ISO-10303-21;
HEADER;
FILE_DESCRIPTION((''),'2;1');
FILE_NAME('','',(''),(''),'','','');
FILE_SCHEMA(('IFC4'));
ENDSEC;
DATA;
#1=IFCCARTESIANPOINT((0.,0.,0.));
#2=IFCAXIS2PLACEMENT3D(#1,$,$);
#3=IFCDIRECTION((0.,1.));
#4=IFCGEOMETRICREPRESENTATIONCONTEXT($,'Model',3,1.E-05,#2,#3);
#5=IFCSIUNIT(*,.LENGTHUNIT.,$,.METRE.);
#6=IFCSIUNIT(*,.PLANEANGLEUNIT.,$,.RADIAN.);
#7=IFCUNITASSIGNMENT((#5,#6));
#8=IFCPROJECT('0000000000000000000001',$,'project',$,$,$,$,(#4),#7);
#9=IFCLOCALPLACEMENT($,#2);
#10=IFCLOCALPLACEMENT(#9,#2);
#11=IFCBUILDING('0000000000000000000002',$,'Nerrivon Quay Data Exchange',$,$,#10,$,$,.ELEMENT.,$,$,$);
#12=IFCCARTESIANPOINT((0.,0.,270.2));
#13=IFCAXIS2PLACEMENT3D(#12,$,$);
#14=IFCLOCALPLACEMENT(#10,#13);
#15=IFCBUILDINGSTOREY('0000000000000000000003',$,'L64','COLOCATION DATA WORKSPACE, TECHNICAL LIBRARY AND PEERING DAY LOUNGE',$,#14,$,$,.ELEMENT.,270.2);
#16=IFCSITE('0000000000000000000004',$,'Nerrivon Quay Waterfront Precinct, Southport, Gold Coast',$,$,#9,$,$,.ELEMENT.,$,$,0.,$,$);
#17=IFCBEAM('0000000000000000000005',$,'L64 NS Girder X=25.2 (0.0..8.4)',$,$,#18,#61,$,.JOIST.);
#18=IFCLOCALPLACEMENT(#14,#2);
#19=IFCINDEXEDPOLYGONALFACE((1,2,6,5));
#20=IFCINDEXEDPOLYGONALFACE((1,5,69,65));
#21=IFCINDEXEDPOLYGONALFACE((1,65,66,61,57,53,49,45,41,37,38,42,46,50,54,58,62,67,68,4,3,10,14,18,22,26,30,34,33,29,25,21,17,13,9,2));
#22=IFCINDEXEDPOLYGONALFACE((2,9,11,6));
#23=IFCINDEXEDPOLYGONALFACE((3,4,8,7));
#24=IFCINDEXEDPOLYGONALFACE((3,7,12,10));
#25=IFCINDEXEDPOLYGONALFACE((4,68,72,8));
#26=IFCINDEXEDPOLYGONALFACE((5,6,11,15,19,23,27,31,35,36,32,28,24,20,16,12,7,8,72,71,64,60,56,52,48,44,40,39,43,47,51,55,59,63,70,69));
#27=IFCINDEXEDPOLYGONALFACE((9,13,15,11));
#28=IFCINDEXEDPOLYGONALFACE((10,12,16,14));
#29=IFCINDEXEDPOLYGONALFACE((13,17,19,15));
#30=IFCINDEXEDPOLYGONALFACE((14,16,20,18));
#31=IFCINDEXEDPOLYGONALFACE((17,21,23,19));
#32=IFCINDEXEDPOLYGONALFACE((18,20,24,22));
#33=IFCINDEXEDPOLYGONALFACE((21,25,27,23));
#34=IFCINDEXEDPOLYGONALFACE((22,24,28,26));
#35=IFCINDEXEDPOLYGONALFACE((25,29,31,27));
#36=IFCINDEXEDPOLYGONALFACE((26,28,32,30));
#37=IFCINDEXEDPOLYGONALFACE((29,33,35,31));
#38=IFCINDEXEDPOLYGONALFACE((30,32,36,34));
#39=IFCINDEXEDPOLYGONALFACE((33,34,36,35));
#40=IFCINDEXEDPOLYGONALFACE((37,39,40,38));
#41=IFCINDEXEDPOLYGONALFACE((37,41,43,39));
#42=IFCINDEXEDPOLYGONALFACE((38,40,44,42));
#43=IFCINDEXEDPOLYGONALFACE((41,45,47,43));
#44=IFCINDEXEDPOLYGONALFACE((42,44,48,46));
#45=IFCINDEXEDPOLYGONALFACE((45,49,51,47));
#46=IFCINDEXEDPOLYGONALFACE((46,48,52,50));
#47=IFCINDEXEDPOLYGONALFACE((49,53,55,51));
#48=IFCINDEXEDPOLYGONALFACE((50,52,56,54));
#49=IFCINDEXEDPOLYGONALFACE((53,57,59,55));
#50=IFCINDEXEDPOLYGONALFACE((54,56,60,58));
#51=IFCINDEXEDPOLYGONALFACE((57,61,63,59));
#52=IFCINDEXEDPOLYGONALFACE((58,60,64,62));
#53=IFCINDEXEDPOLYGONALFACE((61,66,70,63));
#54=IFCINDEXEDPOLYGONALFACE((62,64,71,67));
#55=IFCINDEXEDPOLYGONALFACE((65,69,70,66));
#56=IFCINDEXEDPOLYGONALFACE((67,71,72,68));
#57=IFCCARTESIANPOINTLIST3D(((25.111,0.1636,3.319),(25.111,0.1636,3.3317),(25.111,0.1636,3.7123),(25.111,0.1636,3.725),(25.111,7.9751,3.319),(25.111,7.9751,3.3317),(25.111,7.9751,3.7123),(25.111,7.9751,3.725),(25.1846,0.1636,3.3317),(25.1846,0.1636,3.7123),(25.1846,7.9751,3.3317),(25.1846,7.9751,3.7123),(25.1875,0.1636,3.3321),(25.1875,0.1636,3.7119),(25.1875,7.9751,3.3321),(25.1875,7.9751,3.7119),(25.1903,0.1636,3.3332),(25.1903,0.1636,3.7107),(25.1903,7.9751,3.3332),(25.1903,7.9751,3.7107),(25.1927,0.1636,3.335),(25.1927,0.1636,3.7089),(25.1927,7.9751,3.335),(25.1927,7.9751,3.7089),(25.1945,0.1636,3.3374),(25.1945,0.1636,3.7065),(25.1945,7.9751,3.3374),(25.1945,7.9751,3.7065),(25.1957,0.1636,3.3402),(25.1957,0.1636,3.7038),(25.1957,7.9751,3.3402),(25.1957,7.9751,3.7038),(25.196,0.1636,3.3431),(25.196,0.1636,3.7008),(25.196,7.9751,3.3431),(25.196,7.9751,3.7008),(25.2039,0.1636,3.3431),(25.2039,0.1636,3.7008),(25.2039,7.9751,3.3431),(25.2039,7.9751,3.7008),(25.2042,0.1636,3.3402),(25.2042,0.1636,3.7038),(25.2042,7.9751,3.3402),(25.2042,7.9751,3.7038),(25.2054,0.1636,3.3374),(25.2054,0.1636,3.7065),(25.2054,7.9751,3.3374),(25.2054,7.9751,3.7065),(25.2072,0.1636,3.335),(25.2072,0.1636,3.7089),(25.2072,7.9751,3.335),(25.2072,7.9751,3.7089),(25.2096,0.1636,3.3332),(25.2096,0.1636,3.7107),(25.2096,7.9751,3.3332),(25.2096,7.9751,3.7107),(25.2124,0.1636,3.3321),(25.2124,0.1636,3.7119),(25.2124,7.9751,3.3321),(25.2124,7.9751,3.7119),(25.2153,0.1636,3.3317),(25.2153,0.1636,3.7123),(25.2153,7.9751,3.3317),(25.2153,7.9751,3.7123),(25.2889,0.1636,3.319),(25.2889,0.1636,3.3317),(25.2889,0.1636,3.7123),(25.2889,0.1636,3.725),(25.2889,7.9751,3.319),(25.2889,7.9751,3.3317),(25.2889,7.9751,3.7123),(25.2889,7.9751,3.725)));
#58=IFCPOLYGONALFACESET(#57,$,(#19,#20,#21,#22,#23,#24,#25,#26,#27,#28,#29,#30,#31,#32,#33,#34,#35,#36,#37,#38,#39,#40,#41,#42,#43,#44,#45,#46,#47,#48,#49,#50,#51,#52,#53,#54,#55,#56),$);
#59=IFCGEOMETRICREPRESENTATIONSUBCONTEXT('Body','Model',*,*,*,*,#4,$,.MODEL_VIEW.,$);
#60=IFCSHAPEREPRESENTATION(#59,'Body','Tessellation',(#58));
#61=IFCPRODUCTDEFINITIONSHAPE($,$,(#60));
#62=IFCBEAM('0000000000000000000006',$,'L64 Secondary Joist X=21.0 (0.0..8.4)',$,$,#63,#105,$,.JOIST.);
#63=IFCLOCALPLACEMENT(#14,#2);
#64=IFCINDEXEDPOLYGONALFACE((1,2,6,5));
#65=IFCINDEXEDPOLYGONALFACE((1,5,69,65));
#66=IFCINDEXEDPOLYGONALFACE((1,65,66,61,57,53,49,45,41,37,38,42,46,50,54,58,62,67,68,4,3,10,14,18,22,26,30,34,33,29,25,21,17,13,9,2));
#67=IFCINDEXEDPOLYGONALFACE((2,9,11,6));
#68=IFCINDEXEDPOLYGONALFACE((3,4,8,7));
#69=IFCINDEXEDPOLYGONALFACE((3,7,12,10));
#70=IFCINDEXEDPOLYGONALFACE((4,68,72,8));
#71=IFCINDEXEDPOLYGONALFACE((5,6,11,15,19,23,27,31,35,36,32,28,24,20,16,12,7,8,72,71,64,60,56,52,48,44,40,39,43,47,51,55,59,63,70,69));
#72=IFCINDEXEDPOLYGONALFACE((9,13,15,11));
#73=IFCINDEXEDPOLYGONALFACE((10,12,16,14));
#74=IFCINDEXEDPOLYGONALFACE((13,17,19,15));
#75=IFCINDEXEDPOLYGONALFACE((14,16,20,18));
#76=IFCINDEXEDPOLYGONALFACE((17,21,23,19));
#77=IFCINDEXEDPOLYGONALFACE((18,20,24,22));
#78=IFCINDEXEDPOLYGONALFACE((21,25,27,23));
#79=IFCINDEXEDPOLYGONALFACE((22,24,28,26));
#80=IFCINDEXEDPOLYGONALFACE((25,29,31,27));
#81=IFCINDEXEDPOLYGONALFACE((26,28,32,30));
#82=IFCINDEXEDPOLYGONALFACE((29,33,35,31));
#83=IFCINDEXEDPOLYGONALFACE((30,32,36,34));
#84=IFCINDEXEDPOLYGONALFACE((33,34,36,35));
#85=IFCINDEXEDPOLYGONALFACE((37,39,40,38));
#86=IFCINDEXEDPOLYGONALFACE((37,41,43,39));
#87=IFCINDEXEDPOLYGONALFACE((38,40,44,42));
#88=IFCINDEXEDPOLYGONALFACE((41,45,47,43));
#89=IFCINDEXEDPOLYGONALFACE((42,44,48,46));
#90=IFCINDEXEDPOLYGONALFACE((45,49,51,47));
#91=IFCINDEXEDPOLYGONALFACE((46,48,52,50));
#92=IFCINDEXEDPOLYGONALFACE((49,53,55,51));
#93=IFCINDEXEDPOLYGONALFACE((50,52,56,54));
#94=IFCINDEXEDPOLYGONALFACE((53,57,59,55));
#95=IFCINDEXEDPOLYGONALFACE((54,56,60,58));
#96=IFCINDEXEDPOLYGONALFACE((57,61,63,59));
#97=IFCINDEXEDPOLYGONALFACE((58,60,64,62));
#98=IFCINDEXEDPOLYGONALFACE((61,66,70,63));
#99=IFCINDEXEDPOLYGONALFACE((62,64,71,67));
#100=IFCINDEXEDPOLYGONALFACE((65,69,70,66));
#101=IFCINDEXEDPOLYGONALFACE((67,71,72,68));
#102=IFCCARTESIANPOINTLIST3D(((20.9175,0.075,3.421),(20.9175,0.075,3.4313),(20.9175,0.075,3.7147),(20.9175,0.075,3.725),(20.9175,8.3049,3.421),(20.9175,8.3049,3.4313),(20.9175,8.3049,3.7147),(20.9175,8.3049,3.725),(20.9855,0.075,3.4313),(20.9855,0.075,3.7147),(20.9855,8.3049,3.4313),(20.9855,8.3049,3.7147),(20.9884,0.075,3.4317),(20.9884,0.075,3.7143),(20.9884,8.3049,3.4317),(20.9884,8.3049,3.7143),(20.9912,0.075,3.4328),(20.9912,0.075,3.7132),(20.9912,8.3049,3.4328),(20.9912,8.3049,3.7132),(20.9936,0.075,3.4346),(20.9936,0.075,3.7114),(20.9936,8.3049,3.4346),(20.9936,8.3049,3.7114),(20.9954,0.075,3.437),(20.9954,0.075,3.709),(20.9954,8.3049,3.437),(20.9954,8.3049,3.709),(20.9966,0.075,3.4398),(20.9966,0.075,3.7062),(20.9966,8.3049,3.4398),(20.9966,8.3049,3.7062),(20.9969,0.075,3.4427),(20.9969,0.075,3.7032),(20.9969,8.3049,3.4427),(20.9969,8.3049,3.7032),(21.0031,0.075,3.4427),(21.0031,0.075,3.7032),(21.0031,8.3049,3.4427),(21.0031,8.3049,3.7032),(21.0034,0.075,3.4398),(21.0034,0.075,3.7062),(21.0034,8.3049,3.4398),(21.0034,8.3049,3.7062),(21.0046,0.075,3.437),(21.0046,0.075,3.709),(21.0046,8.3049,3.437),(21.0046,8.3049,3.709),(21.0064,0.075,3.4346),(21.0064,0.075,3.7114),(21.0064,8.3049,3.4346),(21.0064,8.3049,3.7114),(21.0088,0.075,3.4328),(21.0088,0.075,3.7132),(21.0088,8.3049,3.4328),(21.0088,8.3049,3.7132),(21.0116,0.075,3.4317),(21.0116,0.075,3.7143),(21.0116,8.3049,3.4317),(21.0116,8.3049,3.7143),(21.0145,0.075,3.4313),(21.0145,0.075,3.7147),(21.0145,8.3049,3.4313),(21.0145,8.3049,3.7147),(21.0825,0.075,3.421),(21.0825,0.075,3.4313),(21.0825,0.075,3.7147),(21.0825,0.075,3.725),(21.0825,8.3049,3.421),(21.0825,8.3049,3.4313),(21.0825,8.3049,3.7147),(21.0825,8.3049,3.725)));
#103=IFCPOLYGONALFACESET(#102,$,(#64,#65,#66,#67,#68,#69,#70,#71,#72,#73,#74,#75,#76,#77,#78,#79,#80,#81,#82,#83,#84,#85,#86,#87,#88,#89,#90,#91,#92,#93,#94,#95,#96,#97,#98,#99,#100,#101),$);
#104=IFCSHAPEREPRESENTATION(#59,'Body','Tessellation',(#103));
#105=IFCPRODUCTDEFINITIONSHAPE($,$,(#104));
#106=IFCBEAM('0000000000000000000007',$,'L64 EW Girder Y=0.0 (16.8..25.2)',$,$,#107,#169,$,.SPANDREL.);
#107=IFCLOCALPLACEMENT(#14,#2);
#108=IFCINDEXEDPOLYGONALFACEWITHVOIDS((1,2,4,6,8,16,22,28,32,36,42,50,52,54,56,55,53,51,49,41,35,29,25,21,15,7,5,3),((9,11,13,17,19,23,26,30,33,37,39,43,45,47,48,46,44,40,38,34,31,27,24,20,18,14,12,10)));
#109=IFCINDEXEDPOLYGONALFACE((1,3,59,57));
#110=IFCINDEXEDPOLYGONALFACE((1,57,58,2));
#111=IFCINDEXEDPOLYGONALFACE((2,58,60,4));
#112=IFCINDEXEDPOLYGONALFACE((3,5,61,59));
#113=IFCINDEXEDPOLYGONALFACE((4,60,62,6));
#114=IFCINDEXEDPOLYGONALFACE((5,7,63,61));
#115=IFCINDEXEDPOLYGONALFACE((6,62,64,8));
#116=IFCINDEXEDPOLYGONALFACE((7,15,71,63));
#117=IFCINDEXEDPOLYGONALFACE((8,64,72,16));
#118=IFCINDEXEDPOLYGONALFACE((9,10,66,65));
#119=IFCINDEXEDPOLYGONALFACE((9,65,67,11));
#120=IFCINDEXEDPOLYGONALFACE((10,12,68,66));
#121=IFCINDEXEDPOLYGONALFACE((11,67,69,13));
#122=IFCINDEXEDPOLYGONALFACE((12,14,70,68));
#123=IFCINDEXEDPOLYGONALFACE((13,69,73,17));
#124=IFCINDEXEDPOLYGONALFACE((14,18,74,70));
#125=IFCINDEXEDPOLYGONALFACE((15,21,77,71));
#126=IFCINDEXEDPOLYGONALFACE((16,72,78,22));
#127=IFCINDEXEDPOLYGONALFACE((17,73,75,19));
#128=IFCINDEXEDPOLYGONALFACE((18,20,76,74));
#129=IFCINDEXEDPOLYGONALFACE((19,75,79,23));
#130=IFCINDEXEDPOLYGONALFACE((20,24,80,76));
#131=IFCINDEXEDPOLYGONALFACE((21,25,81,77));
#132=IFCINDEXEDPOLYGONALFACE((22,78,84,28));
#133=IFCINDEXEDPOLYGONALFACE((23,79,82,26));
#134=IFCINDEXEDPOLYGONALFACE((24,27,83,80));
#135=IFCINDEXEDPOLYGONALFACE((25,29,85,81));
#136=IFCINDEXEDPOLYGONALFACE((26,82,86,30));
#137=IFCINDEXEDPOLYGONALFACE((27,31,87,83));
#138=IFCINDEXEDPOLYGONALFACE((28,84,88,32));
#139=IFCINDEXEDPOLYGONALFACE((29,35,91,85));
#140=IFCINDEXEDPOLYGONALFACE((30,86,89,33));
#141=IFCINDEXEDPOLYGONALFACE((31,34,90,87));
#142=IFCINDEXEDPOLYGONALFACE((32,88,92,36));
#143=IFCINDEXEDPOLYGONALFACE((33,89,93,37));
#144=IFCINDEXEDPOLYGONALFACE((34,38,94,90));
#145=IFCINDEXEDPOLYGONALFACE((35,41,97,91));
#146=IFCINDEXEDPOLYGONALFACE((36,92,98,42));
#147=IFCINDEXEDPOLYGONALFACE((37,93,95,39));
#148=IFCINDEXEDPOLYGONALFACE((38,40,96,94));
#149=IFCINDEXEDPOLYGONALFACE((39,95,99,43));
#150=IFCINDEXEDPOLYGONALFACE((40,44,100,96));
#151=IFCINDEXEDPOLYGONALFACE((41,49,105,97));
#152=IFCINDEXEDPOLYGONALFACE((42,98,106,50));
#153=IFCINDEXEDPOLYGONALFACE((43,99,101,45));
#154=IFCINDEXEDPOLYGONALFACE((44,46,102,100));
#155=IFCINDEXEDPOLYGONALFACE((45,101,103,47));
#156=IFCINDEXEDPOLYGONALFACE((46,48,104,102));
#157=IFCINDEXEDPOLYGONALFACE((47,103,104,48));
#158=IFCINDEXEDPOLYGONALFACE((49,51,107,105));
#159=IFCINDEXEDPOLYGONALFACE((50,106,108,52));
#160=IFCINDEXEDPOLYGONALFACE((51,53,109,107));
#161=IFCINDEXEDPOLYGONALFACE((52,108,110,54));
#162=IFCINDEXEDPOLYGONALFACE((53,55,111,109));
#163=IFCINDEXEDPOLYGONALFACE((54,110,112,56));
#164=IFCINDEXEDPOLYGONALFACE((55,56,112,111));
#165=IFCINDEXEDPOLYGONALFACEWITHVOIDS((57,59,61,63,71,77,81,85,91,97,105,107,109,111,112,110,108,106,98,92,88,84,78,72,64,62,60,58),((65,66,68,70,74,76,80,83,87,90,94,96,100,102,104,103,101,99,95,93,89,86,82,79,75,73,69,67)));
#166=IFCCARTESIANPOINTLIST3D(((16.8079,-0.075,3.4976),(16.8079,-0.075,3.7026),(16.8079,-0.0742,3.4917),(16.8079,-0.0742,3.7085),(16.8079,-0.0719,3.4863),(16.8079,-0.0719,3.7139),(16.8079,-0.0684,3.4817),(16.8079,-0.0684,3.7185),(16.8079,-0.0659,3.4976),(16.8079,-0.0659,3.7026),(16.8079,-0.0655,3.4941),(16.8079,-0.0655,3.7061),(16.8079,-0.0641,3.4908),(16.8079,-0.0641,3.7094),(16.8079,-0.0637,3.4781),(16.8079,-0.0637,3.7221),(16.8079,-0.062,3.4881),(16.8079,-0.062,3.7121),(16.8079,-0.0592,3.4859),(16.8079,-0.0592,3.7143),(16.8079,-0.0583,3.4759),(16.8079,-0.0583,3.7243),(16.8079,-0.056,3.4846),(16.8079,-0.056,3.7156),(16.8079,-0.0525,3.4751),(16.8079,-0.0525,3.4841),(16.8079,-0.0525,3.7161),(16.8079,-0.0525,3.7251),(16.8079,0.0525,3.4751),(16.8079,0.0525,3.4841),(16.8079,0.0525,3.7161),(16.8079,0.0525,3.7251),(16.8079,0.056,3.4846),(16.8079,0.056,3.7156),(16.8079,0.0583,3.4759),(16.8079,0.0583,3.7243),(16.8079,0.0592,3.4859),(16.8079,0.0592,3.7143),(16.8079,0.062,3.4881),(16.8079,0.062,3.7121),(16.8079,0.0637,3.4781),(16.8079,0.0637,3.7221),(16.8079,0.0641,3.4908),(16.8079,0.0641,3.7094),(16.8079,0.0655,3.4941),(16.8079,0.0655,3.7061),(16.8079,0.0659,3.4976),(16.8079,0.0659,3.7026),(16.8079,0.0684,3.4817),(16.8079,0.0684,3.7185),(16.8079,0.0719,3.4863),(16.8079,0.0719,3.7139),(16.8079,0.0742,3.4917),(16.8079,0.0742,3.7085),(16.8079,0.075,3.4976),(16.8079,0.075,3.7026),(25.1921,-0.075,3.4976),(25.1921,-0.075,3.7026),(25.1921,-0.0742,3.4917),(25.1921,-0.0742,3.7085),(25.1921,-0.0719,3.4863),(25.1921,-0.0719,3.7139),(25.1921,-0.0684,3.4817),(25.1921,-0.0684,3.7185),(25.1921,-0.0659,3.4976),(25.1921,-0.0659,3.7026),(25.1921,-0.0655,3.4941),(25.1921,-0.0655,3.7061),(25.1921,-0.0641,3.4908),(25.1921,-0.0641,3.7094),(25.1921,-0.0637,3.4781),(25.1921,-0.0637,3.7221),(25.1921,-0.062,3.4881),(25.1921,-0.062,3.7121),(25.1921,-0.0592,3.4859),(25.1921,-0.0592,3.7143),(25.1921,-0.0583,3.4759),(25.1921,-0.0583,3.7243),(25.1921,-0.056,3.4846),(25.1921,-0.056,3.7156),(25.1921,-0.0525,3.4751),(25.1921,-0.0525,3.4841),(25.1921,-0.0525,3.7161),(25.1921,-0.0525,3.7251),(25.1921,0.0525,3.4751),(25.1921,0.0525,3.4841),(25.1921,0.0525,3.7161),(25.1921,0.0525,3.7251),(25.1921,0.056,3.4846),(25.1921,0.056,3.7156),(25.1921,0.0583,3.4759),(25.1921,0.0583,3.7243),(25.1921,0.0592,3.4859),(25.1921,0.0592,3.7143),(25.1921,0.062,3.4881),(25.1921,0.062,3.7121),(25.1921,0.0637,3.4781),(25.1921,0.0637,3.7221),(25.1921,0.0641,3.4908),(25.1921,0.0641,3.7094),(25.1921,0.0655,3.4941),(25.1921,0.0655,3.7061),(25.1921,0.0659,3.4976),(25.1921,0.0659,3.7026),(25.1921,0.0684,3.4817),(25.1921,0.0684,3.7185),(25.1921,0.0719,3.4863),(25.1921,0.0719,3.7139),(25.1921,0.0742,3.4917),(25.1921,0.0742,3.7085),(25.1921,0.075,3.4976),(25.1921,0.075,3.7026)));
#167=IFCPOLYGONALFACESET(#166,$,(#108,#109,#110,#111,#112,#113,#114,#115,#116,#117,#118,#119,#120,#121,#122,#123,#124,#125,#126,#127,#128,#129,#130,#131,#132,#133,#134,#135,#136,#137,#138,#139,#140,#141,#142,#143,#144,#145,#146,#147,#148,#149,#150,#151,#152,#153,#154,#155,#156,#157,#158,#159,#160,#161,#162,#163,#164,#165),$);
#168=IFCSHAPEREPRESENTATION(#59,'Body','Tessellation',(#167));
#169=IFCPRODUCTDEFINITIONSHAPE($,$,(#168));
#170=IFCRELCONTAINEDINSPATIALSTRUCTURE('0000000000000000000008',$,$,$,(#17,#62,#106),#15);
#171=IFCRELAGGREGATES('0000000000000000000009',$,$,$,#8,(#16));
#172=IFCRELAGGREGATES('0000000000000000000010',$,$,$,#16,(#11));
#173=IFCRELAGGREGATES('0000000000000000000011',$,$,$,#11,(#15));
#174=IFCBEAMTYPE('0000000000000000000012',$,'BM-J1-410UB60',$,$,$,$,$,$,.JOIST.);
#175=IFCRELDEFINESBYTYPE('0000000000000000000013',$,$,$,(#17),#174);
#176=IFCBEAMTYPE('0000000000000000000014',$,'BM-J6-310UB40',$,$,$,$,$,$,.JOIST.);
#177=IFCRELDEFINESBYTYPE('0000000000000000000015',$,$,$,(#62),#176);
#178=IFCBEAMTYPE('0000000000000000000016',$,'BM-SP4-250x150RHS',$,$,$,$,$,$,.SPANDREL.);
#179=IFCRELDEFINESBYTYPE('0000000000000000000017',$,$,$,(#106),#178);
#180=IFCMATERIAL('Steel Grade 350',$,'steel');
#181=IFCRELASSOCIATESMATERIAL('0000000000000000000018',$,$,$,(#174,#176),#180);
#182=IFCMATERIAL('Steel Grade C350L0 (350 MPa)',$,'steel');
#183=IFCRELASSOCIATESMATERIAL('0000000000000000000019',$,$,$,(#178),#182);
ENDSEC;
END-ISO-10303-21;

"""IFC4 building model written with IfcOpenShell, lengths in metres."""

from ifc_helpers import new_model, si_unit, direction, frame, origin, origin_2d, place, context, subcontext, project, spatial, hollow_rectangle, i_section, extrude, material, material_profile, profile_set, type_object, element, save


model = new_model("IFC4")

# Units and contexts
model_context = context("Model", 3, precision=1e-05, world=origin(), true_north=direction((0.0, 1.0)))
body_context = subcontext(model_context, "Body", "Model", "MODEL_VIEW")
ifc_project = project(units=[si_unit("LENGTHUNIT", "METRE"), si_unit("PLANEANGLEUNIT", "RADIAN")], contexts=[model_context])

# Site, building, storey
site_placement = place(None, origin())
site = spatial("IfcSite", under=ifc_project, at=site_placement, Name="Nerrivon Quay Waterfront Precinct, Southport, Gold Coast", CompositionType="ELEMENT", RefElevation=0.0)
building_placement = place(site_placement, origin())
building = spatial("IfcBuilding", under=site, at=building_placement, Name="Nerrivon Quay Data Exchange", CompositionType="ELEMENT")
storey_placement = place(building_placement, frame((0.0, 0.0, 270.2)))
storey = spatial("IfcBuildingStorey", under=building, at=storey_placement, Name="L64", Description="COLOCATION DATA WORKSPACE, TECHNICAL LIBRARY AND PEERING DAY LOUNGE", CompositionType="ELEMENT", Elevation=270.2)

# Shared definitions
ifc_material_1 = material(Name="Steel Grade 350", Category="steel")

# Beams
ifc_material_profile_1 = material_profile(ifc_material_1, i_section(OverallWidth=0.178, OverallDepth=0.406, WebThickness=0.0078, FlangeThickness=0.0127, FilletRadius=0.0115, at=origin_2d()), Name="410UB59.7")
ifc_profile_set_1 = profile_set([ifc_material_profile_1], Name="Steel Grade 350")
beam_type_1 = type_object("IfcBeamType", Name="BM-J1-410UB60", PredefinedType="JOIST", material=ifc_profile_set_1)
beam_1_placement = place(storey_placement, frame((25.2, 0.1636, 3.522), z_axis=(0.0, 1.0, 0.0), x_axis=(-1.0, 0.0, 0.0)))
element("IfcBeam", 1, at=beam_1_placement, inside=storey, type_object=beam_type_1, Name="L64 NS Girder X=25.2 (0.0..8.4)", PredefinedType="JOIST", context=body_context, shape_type="SweptSolid", body=[
    extrude(i_section(OverallWidth=0.178, OverallDepth=0.406, WebThickness=0.0078, FlangeThickness=0.0127, FilletRadius=0.0115, at=origin_2d()), origin(), (0.0, 0.0, 1.0), 7.8115),
])
ifc_material_profile_2 = material_profile(ifc_material_1, i_section(OverallWidth=0.165, OverallDepth=0.304, WebThickness=0.0061, FlangeThickness=0.0103, FilletRadius=0.0115, at=origin_2d()), Name="310UB40.4")
ifc_profile_set_2 = profile_set([ifc_material_profile_2], Name="Steel Grade 350")
beam_type_2 = type_object("IfcBeamType", Name="BM-J6-310UB40", PredefinedType="JOIST", material=ifc_profile_set_2)
beam_2_placement = place(storey_placement, frame((21.0, 0.075, 3.573), z_axis=(0.0, 1.0, 0.0), x_axis=(-1.0, 0.0, 0.0)))
element("IfcBeam", 2, at=beam_2_placement, inside=storey, type_object=beam_type_2, Name="L64 Secondary Joist X=21.0 (0.0..8.4)", PredefinedType="JOIST", context=body_context, shape_type="SweptSolid", body=[
    extrude(i_section(OverallWidth=0.165, OverallDepth=0.304, WebThickness=0.0061, FlangeThickness=0.0103, FilletRadius=0.0115, at=origin_2d()), origin(), (0.0, 0.0, 1.0), 8.23),
])
ifc_material_2 = material(Name="Steel Grade C350L0 (350 MPa)", Category="steel")
ifc_material_profile_3 = material_profile(ifc_material_2, hollow_rectangle(XDim=0.1499, YDim=0.25, WallThickness=0.009, InnerFilletRadius=0.0134, OuterFilletRadius=0.0225, at=origin_2d()), Name="250x150x9.0RHS")
ifc_profile_set_3 = profile_set([ifc_material_profile_3], Name="Steel Grade C350L0 (350 MPa)")
beam_type_3 = type_object("IfcBeamType", Name="BM-SP4-250x150RHS", PredefinedType="SPANDREL", material=ifc_profile_set_3)
for number, where, z_axis, x_axis, name in (
    (3, (16.8079, 0.0, 3.6001), (1.0, 0.0, 0.0), (0.0, 1.0, 0.0), "L64 EW Girder Y=0.0 (16.8..25.2)"),
):
    element("IfcBeam", number, at=place(storey_placement, frame(where, z_axis=z_axis, x_axis=x_axis)), inside=storey, type_object=beam_type_3, Name=name, PredefinedType="SPANDREL", context=body_context, shape_type="SweptSolid", body=[
        extrude(hollow_rectangle(XDim=0.1499, YDim=0.25, WallThickness=0.009, InnerFilletRadius=0.0134, OuterFilletRadius=0.0225, at=origin_2d()), origin(), (0.0, 0.0, 1.0), 8.3843),
    ])

save(model, "model.ifc")
